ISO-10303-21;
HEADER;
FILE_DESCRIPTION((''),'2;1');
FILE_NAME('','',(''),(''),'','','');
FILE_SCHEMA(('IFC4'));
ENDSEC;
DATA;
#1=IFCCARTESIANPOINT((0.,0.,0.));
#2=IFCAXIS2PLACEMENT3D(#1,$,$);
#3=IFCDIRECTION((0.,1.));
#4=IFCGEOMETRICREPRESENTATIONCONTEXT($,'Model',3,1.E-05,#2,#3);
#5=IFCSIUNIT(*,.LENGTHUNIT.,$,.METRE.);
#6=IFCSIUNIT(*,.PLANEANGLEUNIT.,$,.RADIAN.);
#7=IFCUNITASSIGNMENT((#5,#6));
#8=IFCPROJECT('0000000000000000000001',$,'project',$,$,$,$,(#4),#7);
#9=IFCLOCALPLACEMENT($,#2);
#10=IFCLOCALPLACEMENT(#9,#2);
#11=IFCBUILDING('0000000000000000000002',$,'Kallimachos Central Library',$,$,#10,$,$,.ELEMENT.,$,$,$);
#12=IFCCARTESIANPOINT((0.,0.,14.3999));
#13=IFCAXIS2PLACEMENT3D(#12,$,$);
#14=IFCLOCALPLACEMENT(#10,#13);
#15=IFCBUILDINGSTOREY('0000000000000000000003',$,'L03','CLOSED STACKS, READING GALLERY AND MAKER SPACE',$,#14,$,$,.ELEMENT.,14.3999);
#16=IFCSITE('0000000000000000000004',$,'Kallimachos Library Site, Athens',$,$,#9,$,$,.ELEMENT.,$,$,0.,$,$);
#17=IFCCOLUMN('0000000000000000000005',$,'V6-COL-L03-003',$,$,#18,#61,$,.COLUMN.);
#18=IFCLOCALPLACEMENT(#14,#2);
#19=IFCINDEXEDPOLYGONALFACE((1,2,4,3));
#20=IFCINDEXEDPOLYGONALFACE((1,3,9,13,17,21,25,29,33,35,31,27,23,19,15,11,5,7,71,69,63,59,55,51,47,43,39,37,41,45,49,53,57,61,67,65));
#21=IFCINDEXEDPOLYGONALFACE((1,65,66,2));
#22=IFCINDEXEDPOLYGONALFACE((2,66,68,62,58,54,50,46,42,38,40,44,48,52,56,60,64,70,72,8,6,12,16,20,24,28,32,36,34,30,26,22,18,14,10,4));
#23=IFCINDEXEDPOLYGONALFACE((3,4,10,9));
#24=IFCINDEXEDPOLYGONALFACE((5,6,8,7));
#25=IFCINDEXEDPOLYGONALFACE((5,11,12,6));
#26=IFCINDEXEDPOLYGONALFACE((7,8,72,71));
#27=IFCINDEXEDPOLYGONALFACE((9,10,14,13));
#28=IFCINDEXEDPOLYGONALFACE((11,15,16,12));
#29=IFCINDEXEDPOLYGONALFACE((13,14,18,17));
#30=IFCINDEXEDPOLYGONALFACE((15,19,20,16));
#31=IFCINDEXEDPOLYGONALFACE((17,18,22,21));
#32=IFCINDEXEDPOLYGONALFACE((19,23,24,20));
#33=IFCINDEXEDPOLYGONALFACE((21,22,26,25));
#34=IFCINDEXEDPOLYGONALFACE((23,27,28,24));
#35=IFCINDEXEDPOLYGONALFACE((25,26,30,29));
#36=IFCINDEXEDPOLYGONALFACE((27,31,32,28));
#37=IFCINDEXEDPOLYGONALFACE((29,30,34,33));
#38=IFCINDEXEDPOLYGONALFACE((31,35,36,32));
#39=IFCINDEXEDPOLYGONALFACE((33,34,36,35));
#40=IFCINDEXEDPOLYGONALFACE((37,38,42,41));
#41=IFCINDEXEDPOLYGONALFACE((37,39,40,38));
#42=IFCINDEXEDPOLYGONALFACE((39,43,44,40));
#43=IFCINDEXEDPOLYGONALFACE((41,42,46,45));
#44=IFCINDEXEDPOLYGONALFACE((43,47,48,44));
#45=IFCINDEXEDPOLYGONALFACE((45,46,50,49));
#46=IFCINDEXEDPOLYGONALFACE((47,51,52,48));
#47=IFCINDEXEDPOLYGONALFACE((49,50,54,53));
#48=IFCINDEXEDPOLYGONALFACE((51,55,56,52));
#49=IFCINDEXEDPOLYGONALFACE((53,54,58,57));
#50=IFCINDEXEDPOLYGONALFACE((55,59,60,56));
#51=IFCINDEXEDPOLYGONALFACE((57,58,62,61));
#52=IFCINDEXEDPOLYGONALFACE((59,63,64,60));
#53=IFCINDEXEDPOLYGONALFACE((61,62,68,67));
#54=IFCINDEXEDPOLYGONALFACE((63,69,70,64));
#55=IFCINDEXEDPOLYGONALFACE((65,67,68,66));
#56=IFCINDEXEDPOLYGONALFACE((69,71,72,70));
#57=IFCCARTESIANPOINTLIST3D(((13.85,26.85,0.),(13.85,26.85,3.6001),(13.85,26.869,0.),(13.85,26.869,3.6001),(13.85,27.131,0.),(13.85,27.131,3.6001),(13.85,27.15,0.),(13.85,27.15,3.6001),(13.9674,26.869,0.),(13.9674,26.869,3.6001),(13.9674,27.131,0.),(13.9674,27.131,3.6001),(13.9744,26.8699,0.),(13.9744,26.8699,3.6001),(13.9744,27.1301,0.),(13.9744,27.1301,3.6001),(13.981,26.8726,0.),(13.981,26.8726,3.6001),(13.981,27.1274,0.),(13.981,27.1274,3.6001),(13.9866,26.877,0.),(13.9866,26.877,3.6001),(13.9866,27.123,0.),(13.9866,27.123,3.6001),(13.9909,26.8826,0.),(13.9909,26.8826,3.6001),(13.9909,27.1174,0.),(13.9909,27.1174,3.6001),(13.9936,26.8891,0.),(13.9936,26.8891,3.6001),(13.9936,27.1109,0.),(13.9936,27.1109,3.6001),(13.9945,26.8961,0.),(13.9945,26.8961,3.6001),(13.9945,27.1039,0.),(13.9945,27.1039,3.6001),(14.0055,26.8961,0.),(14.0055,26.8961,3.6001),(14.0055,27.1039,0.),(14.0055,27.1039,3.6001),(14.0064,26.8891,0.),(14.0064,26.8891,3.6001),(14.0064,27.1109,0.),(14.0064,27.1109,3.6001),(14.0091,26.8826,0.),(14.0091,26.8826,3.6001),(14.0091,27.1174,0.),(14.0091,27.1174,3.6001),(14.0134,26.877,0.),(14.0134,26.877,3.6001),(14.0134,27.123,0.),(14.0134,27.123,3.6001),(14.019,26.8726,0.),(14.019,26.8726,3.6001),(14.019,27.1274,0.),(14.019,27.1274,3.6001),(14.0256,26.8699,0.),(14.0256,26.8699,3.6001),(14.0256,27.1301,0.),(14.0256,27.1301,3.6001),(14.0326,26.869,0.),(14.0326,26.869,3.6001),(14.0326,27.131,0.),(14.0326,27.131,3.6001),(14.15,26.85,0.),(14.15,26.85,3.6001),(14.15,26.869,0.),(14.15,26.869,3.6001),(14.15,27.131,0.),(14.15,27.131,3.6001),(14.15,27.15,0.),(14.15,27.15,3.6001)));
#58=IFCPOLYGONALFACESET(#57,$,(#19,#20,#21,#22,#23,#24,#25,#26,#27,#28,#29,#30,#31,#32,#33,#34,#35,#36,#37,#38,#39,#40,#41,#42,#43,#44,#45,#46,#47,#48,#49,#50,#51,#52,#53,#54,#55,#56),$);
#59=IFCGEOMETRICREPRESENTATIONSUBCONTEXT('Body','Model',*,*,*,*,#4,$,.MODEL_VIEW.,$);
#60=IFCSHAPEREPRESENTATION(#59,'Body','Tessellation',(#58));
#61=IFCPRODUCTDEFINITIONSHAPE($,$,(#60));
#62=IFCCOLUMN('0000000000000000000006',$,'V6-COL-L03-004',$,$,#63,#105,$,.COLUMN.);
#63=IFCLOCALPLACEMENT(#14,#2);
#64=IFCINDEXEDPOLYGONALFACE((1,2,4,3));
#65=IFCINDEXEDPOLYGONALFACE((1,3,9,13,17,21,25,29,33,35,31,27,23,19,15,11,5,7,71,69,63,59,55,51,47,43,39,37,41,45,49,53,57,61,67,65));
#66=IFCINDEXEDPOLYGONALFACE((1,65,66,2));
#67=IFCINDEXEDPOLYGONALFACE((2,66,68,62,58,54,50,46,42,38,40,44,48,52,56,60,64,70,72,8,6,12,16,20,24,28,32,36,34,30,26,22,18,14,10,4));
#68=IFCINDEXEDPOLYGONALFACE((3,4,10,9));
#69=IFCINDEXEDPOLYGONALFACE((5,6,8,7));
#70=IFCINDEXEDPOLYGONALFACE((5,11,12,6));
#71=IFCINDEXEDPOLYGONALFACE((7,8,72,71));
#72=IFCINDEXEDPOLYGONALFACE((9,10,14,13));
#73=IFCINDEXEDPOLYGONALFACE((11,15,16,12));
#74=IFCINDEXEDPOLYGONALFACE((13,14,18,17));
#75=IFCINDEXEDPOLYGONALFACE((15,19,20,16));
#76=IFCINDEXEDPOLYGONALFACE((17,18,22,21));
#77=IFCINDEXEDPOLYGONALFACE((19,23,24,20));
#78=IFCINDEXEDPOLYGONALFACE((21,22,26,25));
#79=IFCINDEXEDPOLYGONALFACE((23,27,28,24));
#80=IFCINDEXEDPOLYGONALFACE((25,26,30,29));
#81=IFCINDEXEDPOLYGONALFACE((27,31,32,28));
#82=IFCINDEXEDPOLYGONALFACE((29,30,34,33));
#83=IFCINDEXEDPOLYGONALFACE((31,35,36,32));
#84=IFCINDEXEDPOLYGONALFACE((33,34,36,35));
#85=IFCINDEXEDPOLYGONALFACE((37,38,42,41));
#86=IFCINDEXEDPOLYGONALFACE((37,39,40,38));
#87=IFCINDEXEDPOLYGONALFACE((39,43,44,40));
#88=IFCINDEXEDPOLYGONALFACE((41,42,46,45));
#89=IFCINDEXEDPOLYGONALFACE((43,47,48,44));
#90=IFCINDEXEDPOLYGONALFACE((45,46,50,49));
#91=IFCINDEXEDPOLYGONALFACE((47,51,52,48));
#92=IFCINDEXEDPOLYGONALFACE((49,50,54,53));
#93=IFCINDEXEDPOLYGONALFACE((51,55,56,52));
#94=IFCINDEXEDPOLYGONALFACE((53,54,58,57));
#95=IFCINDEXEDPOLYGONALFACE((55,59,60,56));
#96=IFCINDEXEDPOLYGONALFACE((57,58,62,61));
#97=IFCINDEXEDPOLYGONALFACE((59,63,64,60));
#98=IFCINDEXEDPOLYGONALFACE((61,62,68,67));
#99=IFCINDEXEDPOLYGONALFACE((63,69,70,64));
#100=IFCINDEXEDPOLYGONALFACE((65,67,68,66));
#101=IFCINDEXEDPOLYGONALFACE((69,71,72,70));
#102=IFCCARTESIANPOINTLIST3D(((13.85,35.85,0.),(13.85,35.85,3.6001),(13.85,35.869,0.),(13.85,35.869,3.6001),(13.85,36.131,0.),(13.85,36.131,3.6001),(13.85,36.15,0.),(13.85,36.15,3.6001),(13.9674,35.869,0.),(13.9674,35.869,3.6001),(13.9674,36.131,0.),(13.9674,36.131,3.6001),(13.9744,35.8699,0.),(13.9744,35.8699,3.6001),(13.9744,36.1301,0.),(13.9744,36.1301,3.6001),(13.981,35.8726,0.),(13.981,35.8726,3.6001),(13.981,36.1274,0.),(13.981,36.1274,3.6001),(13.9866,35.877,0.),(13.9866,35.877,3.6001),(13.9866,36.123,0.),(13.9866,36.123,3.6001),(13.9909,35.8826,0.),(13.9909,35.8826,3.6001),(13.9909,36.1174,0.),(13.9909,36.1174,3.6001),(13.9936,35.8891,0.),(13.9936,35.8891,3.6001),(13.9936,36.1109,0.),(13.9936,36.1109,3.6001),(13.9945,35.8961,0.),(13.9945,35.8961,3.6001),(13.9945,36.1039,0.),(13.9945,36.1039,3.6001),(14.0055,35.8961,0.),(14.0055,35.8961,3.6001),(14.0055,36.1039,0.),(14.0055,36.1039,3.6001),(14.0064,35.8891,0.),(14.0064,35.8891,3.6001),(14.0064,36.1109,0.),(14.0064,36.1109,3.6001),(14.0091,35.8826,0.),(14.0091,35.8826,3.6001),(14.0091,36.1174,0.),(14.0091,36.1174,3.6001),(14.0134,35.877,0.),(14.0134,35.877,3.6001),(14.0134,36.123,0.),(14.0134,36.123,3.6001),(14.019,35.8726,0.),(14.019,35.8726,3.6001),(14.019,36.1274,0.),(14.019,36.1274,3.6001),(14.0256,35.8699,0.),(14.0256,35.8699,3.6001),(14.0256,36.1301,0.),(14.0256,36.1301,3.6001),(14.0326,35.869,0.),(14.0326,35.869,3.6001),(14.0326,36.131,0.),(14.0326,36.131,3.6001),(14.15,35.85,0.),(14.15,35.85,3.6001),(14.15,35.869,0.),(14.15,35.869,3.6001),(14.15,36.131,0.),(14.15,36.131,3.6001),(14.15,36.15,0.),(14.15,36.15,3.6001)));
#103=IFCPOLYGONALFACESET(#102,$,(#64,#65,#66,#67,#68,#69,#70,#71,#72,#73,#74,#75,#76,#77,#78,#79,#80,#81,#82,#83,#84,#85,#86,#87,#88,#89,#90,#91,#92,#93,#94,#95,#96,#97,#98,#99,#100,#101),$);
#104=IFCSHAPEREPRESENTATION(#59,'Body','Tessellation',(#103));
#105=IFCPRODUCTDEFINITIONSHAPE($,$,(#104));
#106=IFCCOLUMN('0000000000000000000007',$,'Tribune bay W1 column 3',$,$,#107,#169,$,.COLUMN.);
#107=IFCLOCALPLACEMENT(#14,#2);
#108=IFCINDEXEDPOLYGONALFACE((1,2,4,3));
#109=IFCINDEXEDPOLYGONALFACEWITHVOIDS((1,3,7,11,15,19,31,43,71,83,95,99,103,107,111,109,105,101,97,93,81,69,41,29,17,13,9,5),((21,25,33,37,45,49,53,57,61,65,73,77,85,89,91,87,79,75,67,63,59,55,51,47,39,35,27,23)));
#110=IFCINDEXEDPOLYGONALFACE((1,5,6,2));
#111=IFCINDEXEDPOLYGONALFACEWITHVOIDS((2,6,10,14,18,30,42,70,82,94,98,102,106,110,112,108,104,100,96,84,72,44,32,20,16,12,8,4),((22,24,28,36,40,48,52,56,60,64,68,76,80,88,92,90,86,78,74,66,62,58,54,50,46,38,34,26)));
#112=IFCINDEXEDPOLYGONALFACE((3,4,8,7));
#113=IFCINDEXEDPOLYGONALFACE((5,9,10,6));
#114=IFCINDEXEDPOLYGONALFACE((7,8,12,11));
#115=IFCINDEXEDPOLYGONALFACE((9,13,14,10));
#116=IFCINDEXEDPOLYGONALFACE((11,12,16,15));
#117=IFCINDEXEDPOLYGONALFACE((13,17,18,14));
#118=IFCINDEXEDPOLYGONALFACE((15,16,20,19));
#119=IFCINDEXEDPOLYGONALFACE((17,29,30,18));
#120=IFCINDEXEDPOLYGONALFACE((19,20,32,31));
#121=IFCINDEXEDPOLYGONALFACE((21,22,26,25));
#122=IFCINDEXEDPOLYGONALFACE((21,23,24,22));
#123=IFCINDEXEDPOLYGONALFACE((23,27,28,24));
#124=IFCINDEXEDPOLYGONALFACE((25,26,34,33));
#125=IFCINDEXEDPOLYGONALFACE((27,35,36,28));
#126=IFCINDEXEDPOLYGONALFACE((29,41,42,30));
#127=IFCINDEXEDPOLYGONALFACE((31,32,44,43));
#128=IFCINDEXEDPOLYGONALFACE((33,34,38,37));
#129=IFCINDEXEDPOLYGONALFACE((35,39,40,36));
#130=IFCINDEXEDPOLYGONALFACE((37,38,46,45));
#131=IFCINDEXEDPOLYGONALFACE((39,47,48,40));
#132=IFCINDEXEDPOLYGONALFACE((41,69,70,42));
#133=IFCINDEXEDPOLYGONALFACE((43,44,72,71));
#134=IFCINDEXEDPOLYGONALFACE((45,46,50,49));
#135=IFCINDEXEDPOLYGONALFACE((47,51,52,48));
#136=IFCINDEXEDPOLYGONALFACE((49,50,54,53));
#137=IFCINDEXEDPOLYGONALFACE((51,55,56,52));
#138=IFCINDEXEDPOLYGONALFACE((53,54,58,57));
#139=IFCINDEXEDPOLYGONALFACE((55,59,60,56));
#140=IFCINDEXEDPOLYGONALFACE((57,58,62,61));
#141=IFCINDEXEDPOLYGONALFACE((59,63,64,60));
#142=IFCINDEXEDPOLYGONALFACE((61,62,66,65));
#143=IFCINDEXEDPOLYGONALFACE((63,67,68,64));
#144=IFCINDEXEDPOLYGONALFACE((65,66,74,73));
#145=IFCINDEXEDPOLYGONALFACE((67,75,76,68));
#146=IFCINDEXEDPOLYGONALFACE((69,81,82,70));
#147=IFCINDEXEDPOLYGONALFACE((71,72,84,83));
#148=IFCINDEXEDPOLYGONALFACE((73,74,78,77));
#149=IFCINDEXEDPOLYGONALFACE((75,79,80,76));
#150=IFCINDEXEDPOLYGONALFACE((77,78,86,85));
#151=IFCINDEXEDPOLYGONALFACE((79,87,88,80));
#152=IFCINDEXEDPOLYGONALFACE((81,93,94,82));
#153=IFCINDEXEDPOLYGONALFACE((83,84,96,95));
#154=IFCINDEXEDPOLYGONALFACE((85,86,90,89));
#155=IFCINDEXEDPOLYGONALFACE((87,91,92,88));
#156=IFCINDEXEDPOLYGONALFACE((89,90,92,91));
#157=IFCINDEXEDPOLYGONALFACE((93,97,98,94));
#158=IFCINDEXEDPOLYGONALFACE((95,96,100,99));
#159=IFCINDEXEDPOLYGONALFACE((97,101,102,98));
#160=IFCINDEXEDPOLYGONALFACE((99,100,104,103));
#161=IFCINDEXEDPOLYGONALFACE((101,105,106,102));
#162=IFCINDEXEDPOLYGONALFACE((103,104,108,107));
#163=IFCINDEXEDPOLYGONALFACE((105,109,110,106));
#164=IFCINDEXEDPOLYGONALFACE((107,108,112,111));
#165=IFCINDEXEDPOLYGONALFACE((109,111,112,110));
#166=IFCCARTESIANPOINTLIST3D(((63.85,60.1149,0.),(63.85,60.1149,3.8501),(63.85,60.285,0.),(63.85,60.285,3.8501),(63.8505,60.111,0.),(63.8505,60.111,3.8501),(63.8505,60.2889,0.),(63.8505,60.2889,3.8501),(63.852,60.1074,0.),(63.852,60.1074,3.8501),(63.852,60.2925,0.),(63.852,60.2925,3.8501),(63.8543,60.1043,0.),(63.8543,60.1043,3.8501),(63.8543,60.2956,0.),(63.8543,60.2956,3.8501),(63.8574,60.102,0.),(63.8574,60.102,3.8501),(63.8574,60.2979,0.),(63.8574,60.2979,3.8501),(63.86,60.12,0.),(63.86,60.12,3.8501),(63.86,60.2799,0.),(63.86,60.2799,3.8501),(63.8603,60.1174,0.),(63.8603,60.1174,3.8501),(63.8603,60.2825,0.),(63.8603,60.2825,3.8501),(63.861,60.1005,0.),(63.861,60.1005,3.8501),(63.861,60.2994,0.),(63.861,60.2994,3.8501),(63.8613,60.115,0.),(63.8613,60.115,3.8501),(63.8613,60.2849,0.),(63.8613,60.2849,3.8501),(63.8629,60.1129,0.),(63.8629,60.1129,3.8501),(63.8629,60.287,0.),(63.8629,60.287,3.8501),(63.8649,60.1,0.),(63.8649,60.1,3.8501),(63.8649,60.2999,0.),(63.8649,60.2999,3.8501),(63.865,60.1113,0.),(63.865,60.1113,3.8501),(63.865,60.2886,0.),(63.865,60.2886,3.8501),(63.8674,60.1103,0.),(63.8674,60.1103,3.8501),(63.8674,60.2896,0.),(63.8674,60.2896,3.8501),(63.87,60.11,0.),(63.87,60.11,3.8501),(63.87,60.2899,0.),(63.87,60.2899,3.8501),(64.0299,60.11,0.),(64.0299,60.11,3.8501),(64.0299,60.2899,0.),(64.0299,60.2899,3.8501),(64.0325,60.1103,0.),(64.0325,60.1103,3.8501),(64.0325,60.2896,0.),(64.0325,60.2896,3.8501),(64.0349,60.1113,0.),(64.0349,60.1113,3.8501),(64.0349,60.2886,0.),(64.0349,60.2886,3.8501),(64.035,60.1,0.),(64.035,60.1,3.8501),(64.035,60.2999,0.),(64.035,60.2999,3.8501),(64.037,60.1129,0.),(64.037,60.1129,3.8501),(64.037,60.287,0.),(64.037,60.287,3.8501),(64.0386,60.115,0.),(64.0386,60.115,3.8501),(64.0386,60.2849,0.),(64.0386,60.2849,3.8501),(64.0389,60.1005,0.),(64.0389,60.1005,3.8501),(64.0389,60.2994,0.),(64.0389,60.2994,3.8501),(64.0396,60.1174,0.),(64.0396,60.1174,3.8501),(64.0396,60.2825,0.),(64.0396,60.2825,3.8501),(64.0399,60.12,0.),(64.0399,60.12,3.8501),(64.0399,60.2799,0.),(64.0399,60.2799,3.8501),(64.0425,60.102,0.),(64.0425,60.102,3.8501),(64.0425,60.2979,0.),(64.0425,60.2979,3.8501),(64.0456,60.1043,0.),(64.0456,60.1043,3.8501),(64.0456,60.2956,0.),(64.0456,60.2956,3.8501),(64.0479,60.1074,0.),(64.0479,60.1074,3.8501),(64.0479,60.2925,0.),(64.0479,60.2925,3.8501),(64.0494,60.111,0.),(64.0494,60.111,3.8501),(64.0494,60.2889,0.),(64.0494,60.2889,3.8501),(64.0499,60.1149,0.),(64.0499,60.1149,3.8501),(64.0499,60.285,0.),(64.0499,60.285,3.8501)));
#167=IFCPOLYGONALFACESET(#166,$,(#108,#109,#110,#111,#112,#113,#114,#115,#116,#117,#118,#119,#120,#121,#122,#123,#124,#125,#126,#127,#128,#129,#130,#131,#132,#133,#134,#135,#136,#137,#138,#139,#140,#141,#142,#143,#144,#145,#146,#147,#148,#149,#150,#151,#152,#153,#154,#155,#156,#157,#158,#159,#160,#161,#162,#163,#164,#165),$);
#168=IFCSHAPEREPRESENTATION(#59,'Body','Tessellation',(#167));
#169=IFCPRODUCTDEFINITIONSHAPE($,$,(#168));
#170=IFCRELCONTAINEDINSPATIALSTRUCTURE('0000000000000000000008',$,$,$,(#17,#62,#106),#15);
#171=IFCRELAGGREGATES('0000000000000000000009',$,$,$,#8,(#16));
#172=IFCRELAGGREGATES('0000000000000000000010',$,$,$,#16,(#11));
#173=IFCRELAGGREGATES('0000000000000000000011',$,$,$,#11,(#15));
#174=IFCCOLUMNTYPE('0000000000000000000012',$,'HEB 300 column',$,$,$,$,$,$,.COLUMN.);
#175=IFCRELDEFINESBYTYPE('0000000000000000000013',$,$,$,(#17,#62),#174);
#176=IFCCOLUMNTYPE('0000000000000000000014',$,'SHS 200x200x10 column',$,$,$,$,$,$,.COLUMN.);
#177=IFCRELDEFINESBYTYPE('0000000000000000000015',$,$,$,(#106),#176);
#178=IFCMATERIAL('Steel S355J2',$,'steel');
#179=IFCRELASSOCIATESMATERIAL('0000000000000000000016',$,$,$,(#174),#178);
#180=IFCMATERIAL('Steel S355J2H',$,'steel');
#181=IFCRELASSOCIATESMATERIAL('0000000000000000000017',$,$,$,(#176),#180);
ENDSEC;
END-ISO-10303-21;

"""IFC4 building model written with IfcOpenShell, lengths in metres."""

from ifc_helpers import new_model, si_unit, direction, frame, origin, origin_2d, place, context, subcontext, project, spatial, hollow_rectangle, i_section, extrude, material, material_profile, profile_set, type_object, element, save


model = new_model("IFC4")

# Units and contexts
model_context = context("Model", 3, precision=1e-05, world=origin(), true_north=direction((0.0, 1.0)))
body_context = subcontext(model_context, "Body", "Model", "MODEL_VIEW")
ifc_project = project(units=[si_unit("LENGTHUNIT", "METRE"), si_unit("PLANEANGLEUNIT", "RADIAN")], contexts=[model_context])

# Site, building, storey
site_placement = place(None, origin())
site = spatial("IfcSite", under=ifc_project, at=site_placement, Name="Kallimachos Library Site, Athens", CompositionType="ELEMENT", RefElevation=0.0)
building_placement = place(site_placement, origin())
building = spatial("IfcBuilding", under=site, at=building_placement, Name="Kallimachos Central Library", CompositionType="ELEMENT")
storey_placement = place(building_placement, frame((0.0, 0.0, 14.3999)))
storey = spatial("IfcBuildingStorey", under=building, at=storey_placement, Name="L03", Description="CLOSED STACKS, READING GALLERY AND MAKER SPACE", CompositionType="ELEMENT", Elevation=14.3999)

# Columns
ifc_material_1 = material(Name="Steel S355J2", Category="steel")
ifc_material_profile_1 = material_profile(ifc_material_1, i_section(OverallWidth=0.3, OverallDepth=0.3, WebThickness=0.011, FlangeThickness=0.019, FilletRadius=0.0271, at=origin_2d()), Name="HEB 300")
ifc_profile_set_1 = profile_set([ifc_material_profile_1], Name="Steel S355J2")
column_type_1 = type_object("IfcColumnType", Name="HEB 300 column", PredefinedType="COLUMN", material=ifc_profile_set_1)
for number, where, z_axis, x_axis, name in (
    (1, (14.0, 27.0, 0.0), (0.0, 0.0, 1.0), (1.0, 0.0, 0.0), "V6-COL-L03-003"),
    (2, (14.0, 36.0, 0.0), (0.0, 0.0, 1.0), (1.0, 0.0, 0.0), "V6-COL-L03-004"),
):
    element("IfcColumn", number, at=place(storey_placement, frame(where, z_axis=z_axis, x_axis=x_axis)), inside=storey, type_object=column_type_1, Name=name, PredefinedType="COLUMN", context=body_context, shape_type="SweptSolid", body=[
        extrude(i_section(OverallWidth=0.3, OverallDepth=0.3, WebThickness=0.011, FlangeThickness=0.019, FilletRadius=0.0271, at=origin_2d()), origin(), (0.0, 0.0, 1.0), 3.6001),
    ])
ifc_material_2 = material(Name="Steel S355J2H", Category="steel")
ifc_material_profile_2 = material_profile(ifc_material_2, hollow_rectangle(XDim=0.2, YDim=0.2, WallThickness=0.01, InnerFilletRadius=0.01, OuterFilletRadius=0.0149, at=origin_2d()), Name="SHS 200x200x10")
ifc_profile_set_2 = profile_set([ifc_material_profile_2], Name="Steel S355J2H")
column_type_2 = type_object("IfcColumnType", Name="SHS 200x200x10 column", PredefinedType="COLUMN", material=ifc_profile_set_2)
column_placement = place(storey_placement, frame((63.95, 60.2, 0.0), z_axis=(0.0, 0.0, 1.0), x_axis=(1.0, 0.0, 0.0)))
element("IfcColumn", 3, at=column_placement, inside=storey, type_object=column_type_2, Name="Tribune bay W1 column 3", PredefinedType="COLUMN", context=body_context, shape_type="SweptSolid", body=[
    extrude(hollow_rectangle(XDim=0.2, YDim=0.2, WallThickness=0.01, InnerFilletRadius=0.01, OuterFilletRadius=0.0149, at=origin_2d()), origin(), (0.0, 0.0, 1.0), 3.8501),
])

save(model, "model.ifc")
